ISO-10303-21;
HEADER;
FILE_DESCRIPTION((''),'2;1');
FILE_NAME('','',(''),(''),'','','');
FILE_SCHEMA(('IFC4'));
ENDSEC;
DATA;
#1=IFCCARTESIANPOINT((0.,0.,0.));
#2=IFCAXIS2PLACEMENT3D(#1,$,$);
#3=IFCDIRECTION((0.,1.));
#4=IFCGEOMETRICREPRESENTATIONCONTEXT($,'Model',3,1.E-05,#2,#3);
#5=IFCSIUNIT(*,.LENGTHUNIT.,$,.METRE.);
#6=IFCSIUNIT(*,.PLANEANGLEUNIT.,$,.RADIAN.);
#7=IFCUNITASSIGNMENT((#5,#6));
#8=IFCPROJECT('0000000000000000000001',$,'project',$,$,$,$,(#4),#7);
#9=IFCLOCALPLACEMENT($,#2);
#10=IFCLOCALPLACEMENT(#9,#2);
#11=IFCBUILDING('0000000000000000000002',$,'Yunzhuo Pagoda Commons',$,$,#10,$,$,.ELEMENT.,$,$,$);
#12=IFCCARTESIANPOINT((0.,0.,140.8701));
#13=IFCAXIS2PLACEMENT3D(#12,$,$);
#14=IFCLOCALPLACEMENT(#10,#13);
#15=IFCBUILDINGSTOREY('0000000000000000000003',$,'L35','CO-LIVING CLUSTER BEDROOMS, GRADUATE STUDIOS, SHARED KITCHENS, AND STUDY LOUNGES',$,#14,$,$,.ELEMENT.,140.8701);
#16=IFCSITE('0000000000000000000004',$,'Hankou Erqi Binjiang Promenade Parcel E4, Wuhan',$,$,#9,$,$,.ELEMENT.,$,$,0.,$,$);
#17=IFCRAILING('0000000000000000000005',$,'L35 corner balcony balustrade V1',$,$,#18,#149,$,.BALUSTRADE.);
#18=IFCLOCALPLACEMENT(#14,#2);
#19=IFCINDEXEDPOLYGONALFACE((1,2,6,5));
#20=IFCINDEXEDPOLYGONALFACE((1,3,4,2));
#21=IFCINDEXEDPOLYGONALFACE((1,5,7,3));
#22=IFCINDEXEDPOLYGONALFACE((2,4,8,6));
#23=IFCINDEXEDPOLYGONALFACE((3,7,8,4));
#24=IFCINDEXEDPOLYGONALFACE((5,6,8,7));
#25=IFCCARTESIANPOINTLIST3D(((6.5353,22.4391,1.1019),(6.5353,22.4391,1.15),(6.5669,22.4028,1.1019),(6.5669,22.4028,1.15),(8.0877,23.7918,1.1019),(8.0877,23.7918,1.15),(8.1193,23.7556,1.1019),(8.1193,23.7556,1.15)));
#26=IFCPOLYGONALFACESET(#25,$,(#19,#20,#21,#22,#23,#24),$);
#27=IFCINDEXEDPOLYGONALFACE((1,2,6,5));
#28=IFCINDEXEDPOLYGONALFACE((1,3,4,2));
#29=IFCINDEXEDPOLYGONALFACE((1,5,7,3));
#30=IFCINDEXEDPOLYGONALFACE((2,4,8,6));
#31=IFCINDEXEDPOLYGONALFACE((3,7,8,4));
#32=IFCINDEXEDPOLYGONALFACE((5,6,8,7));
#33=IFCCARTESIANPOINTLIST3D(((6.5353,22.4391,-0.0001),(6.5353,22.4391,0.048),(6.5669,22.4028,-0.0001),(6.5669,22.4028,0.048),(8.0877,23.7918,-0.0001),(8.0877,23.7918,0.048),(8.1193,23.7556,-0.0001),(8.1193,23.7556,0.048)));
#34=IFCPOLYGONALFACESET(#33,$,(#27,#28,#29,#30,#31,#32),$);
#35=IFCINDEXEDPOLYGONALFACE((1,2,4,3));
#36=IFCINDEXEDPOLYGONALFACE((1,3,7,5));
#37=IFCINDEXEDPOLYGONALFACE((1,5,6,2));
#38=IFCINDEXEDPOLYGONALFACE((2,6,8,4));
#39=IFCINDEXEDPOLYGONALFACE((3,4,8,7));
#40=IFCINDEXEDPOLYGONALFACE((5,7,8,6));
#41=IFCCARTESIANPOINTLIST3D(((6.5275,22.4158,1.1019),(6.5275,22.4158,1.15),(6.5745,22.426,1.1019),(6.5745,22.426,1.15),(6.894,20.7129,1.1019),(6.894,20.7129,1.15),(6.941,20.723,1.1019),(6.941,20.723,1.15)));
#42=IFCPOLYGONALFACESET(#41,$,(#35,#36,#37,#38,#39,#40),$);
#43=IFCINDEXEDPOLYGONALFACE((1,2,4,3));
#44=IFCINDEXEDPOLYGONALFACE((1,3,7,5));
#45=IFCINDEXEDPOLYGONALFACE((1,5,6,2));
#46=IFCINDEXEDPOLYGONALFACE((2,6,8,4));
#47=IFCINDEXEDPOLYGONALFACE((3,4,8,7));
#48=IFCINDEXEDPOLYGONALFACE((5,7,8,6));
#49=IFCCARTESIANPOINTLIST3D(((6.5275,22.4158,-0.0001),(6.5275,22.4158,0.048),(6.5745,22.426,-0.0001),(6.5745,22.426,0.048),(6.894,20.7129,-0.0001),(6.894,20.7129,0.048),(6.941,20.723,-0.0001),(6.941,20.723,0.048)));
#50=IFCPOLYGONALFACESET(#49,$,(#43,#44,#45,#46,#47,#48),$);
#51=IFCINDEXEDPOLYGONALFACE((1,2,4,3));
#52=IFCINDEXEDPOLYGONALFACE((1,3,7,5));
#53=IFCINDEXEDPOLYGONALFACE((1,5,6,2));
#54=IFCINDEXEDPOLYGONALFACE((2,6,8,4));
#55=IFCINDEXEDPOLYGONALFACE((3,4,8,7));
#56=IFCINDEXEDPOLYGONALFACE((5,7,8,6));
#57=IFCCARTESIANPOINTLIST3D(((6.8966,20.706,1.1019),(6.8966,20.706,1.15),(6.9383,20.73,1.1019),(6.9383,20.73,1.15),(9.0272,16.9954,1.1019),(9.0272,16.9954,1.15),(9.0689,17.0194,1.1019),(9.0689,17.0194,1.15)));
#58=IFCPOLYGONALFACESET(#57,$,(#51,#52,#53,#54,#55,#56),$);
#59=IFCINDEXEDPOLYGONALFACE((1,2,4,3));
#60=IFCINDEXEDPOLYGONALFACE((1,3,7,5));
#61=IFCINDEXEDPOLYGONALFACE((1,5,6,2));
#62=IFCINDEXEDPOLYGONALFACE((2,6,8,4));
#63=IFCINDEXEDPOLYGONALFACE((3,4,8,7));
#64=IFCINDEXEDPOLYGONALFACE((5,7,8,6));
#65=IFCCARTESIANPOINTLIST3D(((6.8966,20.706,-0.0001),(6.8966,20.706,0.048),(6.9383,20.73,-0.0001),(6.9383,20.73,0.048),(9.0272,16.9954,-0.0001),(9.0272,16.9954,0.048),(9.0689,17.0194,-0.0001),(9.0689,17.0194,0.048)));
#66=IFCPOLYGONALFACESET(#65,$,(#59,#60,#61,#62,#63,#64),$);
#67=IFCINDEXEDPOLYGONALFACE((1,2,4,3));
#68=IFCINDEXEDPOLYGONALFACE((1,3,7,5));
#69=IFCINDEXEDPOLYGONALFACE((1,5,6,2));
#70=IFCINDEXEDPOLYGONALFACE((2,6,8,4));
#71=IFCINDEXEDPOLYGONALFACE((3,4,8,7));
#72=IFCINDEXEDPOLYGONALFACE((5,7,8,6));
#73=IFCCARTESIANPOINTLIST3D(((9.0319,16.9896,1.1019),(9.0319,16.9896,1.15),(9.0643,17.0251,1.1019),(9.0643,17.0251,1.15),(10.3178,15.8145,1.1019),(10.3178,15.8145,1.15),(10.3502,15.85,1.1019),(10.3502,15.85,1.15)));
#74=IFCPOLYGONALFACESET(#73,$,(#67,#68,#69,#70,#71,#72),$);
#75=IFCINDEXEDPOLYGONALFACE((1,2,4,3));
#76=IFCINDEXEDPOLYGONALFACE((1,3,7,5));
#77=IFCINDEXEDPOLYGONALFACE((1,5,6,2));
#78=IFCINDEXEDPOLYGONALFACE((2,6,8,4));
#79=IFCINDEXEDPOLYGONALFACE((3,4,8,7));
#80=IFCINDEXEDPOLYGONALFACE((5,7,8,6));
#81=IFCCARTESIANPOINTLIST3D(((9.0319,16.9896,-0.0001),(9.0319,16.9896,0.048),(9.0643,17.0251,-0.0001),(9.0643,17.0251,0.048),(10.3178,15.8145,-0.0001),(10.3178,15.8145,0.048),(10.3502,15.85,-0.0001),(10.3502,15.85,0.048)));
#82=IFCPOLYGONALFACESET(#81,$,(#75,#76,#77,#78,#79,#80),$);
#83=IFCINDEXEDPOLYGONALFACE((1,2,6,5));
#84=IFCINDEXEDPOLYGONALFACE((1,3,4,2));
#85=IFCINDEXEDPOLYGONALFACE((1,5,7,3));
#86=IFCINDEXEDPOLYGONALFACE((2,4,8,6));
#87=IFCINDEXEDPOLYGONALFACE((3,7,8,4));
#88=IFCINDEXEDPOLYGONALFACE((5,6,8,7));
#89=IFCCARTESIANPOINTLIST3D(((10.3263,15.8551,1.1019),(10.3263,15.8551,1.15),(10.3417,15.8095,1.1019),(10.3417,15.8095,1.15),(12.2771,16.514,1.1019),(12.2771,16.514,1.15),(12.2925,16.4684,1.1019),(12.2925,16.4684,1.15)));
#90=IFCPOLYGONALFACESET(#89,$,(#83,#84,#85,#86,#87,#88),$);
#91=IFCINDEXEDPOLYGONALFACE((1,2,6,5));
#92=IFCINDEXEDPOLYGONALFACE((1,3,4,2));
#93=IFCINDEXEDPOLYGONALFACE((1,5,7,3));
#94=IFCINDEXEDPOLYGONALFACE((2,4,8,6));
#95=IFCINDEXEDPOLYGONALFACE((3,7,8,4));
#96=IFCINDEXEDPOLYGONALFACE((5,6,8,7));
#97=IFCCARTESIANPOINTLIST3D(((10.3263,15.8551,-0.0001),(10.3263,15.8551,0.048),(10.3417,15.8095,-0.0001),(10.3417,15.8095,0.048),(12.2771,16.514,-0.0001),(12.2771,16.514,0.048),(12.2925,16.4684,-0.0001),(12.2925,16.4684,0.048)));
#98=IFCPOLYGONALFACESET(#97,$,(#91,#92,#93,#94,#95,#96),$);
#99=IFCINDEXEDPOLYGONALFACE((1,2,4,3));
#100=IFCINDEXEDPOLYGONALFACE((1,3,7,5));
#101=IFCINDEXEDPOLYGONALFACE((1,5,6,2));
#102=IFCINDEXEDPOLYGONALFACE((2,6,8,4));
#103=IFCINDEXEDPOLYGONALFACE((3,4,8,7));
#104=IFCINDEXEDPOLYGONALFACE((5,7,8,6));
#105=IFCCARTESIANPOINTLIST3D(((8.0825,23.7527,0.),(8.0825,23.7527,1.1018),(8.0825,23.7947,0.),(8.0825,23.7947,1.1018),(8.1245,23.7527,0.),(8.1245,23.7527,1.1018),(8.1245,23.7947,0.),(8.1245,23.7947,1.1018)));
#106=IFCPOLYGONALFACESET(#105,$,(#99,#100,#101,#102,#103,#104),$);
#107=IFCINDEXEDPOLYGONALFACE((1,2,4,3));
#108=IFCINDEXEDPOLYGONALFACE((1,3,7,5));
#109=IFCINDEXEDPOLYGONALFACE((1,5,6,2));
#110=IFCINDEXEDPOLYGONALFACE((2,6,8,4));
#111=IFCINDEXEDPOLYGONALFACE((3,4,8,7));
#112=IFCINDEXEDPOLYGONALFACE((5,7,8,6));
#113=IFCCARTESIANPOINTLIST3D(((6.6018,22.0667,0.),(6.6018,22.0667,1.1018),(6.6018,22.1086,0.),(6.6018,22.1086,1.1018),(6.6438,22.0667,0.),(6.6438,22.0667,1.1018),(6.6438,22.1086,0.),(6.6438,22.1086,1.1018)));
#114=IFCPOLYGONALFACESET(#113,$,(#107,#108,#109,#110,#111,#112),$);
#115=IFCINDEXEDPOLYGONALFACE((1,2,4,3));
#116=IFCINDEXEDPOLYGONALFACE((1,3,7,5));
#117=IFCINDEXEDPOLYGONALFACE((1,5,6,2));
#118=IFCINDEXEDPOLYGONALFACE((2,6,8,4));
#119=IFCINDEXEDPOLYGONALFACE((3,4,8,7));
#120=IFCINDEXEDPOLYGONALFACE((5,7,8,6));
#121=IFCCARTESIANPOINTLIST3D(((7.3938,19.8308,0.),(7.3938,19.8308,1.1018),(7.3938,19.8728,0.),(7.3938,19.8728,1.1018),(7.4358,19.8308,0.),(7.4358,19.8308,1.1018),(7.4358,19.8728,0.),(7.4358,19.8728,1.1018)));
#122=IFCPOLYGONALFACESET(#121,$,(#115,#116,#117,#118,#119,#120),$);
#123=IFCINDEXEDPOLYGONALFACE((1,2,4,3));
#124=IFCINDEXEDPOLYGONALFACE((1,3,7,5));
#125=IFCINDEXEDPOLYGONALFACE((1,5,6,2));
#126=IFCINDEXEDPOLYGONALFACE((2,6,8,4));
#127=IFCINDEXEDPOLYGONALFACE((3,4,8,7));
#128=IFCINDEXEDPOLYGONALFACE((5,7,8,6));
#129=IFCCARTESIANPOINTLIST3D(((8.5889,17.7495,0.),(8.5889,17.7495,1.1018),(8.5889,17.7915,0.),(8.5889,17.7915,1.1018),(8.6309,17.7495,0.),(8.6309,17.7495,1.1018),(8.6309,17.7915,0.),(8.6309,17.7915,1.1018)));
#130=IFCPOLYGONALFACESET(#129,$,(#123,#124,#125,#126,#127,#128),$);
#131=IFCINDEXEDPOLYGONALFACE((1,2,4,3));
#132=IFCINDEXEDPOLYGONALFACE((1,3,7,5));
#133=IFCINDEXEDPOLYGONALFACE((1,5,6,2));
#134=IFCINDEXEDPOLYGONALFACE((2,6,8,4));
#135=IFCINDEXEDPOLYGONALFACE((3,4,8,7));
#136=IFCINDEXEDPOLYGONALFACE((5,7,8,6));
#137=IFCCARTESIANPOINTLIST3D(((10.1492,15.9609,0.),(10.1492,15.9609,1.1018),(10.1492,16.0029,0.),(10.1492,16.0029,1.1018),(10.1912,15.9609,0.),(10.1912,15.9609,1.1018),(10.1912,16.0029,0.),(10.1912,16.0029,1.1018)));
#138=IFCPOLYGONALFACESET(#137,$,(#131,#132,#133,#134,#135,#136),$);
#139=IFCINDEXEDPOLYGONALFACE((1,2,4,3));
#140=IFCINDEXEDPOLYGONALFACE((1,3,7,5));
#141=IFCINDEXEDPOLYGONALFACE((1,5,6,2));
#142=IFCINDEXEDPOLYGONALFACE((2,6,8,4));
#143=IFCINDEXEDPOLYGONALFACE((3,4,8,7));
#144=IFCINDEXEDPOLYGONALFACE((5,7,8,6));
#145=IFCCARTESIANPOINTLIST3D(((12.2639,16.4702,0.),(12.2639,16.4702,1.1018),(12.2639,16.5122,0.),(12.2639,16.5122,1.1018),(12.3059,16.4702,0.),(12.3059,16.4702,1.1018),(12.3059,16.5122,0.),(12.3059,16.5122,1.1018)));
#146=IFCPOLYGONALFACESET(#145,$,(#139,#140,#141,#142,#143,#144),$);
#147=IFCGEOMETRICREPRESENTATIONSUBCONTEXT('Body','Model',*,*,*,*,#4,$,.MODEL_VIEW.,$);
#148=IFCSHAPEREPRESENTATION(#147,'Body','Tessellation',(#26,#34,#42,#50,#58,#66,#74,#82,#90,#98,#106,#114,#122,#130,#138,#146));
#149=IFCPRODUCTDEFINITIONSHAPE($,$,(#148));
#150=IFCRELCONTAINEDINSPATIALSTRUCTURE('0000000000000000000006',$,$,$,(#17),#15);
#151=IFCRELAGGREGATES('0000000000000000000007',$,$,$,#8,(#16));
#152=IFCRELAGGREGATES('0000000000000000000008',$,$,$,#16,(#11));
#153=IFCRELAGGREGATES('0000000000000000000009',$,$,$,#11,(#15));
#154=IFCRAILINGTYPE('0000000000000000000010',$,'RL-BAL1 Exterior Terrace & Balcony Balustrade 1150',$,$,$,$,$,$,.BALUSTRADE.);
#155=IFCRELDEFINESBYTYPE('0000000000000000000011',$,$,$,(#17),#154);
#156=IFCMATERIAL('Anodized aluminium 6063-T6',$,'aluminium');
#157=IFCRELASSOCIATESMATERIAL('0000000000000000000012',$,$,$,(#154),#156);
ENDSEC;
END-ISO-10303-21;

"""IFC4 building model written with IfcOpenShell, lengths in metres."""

from ifc_helpers import new_model, si_unit, direction, frame, origin, origin_2d, place, context, subcontext, project, spatial, rectangle, extrude, material, type_object, element, save


model = new_model("IFC4")

# Units and contexts
model_context = context("Model", 3, precision=1e-05, world=origin(), true_north=direction((0.0, 1.0)))
body_context = subcontext(model_context, "Body", "Model", "MODEL_VIEW")
ifc_project = project(units=[si_unit("LENGTHUNIT", "METRE"), si_unit("PLANEANGLEUNIT", "RADIAN")], contexts=[model_context])

# Site, building, storey
site_placement = place(None, origin())
site = spatial("IfcSite", under=ifc_project, at=site_placement, Name="Hankou Erqi Binjiang Promenade Parcel E4, Wuhan", CompositionType="ELEMENT", RefElevation=0.0)
building_placement = place(site_placement, origin())
building = spatial("IfcBuilding", under=site, at=building_placement, Name="Yunzhuo Pagoda Commons", CompositionType="ELEMENT")
storey_placement = place(building_placement, frame((0.0, 0.0, 140.8701)))
storey = spatial("IfcBuildingStorey", under=building, at=storey_placement, Name="L35", Description="CO-LIVING CLUSTER BEDROOMS, GRADUATE STUDIOS, SHARED KITCHENS, AND STUDY LOUNGES", CompositionType="ELEMENT", Elevation=140.8701)

# Shared definitions
ifc_material_1 = material(Name="Anodized aluminium 6063-T6", Category="aluminium")

# Railing
railing_type = type_object("IfcRailingType", Name="RL-BAL1 Exterior Terrace & Balcony Balustrade 1150", PredefinedType="BALUSTRADE", material=ifc_material_1)
railing_placement = place(storey_placement, frame((8.1035, 23.7737, 0.0)))
element("IfcRailing", 1, at=railing_placement, inside=storey, type_object=railing_type, Name="L35 corner balcony balustrade V1", PredefinedType="BALUSTRADE", context=body_context, shape_type="SweptSolid", body=[
    extrude(rectangle(XDim=0.0481, YDim=0.0481, at=origin_2d()), frame((0.0, 0.0, 1.126), z_axis=(-0.753934, -0.65695, 0.0), x_axis=(0.65695, -0.753934, 0.0)), (0.0, 0.0, 1.0), 2.0591),
    extrude(rectangle(XDim=0.0481, YDim=0.0481, at=origin_2d()), frame((0.0, 0.0, 0.0239), z_axis=(-0.753934, -0.65695, 0.0), x_axis=(0.65695, -0.753934, 0.0)), (0.0, 0.0, 1.0), 2.0591),
    extrude(rectangle(XDim=0.0481, YDim=0.0481, at=origin_2d()), frame((-1.5525, -1.3528, 1.126), z_axis=(0.210381, -0.977619, 0.0), x_axis=(0.977619, 0.210381, 0.0)), (0.0, 0.0, 1.0), 1.7419),
    extrude(rectangle(XDim=0.0481, YDim=0.0481, at=origin_2d()), frame((-1.5525, -1.3528, 0.0239), z_axis=(0.210381, -0.977619, 0.0), x_axis=(0.977619, 0.210381, 0.0)), (0.0, 0.0, 1.0), 1.7419),
    extrude(rectangle(XDim=0.0481, YDim=0.0481, at=origin_2d()), frame((-1.186, -3.0557, 1.126), z_axis=(0.497938, -0.867212, 0.0), x_axis=(0.867212, 0.497938, 0.0)), (0.0, 0.0, 1.0), 4.2788),
    extrude(rectangle(XDim=0.0481, YDim=0.0481, at=origin_2d()), frame((-1.186, -3.0557, 0.0239), z_axis=(0.497938, -0.867212, 0.0), x_axis=(0.867212, 0.497938, 0.0)), (0.0, 0.0, 1.0), 4.2788),
    extrude(rectangle(XDim=0.0481, YDim=0.0481, at=origin_2d()), frame((0.9446, -6.7664, 1.126), z_axis=(0.738206, -0.674575, 0.0), x_axis=(0.674575, 0.738206, 0.0)), (0.0, 0.0, 1.0), 1.7419),
    extrude(rectangle(XDim=0.0481, YDim=0.0481, at=origin_2d()), frame((0.9446, -6.7664, 0.0239), z_axis=(0.738206, -0.674575, 0.0), x_axis=(0.674575, 0.738206, 0.0)), (0.0, 0.0, 1.0), 1.7419),
    extrude(rectangle(XDim=0.0481, YDim=0.0481, at=origin_2d()), frame((2.2305, -7.9414, 1.126), z_axis=(0.947419, 0.319996, 0.0), x_axis=(-0.319996, 0.947419, 0.0)), (0.0, 0.0, 1.0), 2.0591),
    extrude(rectangle(XDim=0.0481, YDim=0.0481, at=origin_2d()), frame((2.2305, -7.9414, 0.0239), z_axis=(0.947419, 0.319996, 0.0), x_axis=(-0.319996, 0.947419, 0.0)), (0.0, 0.0, 1.0), 2.0591),
    extrude(rectangle(XDim=0.042, YDim=0.042, at=origin_2d()), origin(), (0.0, 0.0, 1.0), 1.1018),
    extrude(rectangle(XDim=0.042, YDim=0.042, at=origin_2d()), frame((-1.4807, -1.686, 0.0)), (0.0, 0.0, 1.0), 1.1018),
    extrude(rectangle(XDim=0.042, YDim=0.042, at=origin_2d()), frame((-0.6887, -3.9219, 0.0)), (0.0, 0.0, 1.0), 1.1018),
    extrude(rectangle(XDim=0.042, YDim=0.042, at=origin_2d()), frame((0.5063, -6.0032, 0.0)), (0.0, 0.0, 1.0), 1.1018),
    extrude(rectangle(XDim=0.042, YDim=0.042, at=origin_2d()), frame((2.0667, -7.7917, 0.0)), (0.0, 0.0, 1.0), 1.1018),
    extrude(rectangle(XDim=0.042, YDim=0.042, at=origin_2d()), frame((4.1814, -7.2825, 0.0)), (0.0, 0.0, 1.0), 1.1018),
])

save(model, "model.ifc")
